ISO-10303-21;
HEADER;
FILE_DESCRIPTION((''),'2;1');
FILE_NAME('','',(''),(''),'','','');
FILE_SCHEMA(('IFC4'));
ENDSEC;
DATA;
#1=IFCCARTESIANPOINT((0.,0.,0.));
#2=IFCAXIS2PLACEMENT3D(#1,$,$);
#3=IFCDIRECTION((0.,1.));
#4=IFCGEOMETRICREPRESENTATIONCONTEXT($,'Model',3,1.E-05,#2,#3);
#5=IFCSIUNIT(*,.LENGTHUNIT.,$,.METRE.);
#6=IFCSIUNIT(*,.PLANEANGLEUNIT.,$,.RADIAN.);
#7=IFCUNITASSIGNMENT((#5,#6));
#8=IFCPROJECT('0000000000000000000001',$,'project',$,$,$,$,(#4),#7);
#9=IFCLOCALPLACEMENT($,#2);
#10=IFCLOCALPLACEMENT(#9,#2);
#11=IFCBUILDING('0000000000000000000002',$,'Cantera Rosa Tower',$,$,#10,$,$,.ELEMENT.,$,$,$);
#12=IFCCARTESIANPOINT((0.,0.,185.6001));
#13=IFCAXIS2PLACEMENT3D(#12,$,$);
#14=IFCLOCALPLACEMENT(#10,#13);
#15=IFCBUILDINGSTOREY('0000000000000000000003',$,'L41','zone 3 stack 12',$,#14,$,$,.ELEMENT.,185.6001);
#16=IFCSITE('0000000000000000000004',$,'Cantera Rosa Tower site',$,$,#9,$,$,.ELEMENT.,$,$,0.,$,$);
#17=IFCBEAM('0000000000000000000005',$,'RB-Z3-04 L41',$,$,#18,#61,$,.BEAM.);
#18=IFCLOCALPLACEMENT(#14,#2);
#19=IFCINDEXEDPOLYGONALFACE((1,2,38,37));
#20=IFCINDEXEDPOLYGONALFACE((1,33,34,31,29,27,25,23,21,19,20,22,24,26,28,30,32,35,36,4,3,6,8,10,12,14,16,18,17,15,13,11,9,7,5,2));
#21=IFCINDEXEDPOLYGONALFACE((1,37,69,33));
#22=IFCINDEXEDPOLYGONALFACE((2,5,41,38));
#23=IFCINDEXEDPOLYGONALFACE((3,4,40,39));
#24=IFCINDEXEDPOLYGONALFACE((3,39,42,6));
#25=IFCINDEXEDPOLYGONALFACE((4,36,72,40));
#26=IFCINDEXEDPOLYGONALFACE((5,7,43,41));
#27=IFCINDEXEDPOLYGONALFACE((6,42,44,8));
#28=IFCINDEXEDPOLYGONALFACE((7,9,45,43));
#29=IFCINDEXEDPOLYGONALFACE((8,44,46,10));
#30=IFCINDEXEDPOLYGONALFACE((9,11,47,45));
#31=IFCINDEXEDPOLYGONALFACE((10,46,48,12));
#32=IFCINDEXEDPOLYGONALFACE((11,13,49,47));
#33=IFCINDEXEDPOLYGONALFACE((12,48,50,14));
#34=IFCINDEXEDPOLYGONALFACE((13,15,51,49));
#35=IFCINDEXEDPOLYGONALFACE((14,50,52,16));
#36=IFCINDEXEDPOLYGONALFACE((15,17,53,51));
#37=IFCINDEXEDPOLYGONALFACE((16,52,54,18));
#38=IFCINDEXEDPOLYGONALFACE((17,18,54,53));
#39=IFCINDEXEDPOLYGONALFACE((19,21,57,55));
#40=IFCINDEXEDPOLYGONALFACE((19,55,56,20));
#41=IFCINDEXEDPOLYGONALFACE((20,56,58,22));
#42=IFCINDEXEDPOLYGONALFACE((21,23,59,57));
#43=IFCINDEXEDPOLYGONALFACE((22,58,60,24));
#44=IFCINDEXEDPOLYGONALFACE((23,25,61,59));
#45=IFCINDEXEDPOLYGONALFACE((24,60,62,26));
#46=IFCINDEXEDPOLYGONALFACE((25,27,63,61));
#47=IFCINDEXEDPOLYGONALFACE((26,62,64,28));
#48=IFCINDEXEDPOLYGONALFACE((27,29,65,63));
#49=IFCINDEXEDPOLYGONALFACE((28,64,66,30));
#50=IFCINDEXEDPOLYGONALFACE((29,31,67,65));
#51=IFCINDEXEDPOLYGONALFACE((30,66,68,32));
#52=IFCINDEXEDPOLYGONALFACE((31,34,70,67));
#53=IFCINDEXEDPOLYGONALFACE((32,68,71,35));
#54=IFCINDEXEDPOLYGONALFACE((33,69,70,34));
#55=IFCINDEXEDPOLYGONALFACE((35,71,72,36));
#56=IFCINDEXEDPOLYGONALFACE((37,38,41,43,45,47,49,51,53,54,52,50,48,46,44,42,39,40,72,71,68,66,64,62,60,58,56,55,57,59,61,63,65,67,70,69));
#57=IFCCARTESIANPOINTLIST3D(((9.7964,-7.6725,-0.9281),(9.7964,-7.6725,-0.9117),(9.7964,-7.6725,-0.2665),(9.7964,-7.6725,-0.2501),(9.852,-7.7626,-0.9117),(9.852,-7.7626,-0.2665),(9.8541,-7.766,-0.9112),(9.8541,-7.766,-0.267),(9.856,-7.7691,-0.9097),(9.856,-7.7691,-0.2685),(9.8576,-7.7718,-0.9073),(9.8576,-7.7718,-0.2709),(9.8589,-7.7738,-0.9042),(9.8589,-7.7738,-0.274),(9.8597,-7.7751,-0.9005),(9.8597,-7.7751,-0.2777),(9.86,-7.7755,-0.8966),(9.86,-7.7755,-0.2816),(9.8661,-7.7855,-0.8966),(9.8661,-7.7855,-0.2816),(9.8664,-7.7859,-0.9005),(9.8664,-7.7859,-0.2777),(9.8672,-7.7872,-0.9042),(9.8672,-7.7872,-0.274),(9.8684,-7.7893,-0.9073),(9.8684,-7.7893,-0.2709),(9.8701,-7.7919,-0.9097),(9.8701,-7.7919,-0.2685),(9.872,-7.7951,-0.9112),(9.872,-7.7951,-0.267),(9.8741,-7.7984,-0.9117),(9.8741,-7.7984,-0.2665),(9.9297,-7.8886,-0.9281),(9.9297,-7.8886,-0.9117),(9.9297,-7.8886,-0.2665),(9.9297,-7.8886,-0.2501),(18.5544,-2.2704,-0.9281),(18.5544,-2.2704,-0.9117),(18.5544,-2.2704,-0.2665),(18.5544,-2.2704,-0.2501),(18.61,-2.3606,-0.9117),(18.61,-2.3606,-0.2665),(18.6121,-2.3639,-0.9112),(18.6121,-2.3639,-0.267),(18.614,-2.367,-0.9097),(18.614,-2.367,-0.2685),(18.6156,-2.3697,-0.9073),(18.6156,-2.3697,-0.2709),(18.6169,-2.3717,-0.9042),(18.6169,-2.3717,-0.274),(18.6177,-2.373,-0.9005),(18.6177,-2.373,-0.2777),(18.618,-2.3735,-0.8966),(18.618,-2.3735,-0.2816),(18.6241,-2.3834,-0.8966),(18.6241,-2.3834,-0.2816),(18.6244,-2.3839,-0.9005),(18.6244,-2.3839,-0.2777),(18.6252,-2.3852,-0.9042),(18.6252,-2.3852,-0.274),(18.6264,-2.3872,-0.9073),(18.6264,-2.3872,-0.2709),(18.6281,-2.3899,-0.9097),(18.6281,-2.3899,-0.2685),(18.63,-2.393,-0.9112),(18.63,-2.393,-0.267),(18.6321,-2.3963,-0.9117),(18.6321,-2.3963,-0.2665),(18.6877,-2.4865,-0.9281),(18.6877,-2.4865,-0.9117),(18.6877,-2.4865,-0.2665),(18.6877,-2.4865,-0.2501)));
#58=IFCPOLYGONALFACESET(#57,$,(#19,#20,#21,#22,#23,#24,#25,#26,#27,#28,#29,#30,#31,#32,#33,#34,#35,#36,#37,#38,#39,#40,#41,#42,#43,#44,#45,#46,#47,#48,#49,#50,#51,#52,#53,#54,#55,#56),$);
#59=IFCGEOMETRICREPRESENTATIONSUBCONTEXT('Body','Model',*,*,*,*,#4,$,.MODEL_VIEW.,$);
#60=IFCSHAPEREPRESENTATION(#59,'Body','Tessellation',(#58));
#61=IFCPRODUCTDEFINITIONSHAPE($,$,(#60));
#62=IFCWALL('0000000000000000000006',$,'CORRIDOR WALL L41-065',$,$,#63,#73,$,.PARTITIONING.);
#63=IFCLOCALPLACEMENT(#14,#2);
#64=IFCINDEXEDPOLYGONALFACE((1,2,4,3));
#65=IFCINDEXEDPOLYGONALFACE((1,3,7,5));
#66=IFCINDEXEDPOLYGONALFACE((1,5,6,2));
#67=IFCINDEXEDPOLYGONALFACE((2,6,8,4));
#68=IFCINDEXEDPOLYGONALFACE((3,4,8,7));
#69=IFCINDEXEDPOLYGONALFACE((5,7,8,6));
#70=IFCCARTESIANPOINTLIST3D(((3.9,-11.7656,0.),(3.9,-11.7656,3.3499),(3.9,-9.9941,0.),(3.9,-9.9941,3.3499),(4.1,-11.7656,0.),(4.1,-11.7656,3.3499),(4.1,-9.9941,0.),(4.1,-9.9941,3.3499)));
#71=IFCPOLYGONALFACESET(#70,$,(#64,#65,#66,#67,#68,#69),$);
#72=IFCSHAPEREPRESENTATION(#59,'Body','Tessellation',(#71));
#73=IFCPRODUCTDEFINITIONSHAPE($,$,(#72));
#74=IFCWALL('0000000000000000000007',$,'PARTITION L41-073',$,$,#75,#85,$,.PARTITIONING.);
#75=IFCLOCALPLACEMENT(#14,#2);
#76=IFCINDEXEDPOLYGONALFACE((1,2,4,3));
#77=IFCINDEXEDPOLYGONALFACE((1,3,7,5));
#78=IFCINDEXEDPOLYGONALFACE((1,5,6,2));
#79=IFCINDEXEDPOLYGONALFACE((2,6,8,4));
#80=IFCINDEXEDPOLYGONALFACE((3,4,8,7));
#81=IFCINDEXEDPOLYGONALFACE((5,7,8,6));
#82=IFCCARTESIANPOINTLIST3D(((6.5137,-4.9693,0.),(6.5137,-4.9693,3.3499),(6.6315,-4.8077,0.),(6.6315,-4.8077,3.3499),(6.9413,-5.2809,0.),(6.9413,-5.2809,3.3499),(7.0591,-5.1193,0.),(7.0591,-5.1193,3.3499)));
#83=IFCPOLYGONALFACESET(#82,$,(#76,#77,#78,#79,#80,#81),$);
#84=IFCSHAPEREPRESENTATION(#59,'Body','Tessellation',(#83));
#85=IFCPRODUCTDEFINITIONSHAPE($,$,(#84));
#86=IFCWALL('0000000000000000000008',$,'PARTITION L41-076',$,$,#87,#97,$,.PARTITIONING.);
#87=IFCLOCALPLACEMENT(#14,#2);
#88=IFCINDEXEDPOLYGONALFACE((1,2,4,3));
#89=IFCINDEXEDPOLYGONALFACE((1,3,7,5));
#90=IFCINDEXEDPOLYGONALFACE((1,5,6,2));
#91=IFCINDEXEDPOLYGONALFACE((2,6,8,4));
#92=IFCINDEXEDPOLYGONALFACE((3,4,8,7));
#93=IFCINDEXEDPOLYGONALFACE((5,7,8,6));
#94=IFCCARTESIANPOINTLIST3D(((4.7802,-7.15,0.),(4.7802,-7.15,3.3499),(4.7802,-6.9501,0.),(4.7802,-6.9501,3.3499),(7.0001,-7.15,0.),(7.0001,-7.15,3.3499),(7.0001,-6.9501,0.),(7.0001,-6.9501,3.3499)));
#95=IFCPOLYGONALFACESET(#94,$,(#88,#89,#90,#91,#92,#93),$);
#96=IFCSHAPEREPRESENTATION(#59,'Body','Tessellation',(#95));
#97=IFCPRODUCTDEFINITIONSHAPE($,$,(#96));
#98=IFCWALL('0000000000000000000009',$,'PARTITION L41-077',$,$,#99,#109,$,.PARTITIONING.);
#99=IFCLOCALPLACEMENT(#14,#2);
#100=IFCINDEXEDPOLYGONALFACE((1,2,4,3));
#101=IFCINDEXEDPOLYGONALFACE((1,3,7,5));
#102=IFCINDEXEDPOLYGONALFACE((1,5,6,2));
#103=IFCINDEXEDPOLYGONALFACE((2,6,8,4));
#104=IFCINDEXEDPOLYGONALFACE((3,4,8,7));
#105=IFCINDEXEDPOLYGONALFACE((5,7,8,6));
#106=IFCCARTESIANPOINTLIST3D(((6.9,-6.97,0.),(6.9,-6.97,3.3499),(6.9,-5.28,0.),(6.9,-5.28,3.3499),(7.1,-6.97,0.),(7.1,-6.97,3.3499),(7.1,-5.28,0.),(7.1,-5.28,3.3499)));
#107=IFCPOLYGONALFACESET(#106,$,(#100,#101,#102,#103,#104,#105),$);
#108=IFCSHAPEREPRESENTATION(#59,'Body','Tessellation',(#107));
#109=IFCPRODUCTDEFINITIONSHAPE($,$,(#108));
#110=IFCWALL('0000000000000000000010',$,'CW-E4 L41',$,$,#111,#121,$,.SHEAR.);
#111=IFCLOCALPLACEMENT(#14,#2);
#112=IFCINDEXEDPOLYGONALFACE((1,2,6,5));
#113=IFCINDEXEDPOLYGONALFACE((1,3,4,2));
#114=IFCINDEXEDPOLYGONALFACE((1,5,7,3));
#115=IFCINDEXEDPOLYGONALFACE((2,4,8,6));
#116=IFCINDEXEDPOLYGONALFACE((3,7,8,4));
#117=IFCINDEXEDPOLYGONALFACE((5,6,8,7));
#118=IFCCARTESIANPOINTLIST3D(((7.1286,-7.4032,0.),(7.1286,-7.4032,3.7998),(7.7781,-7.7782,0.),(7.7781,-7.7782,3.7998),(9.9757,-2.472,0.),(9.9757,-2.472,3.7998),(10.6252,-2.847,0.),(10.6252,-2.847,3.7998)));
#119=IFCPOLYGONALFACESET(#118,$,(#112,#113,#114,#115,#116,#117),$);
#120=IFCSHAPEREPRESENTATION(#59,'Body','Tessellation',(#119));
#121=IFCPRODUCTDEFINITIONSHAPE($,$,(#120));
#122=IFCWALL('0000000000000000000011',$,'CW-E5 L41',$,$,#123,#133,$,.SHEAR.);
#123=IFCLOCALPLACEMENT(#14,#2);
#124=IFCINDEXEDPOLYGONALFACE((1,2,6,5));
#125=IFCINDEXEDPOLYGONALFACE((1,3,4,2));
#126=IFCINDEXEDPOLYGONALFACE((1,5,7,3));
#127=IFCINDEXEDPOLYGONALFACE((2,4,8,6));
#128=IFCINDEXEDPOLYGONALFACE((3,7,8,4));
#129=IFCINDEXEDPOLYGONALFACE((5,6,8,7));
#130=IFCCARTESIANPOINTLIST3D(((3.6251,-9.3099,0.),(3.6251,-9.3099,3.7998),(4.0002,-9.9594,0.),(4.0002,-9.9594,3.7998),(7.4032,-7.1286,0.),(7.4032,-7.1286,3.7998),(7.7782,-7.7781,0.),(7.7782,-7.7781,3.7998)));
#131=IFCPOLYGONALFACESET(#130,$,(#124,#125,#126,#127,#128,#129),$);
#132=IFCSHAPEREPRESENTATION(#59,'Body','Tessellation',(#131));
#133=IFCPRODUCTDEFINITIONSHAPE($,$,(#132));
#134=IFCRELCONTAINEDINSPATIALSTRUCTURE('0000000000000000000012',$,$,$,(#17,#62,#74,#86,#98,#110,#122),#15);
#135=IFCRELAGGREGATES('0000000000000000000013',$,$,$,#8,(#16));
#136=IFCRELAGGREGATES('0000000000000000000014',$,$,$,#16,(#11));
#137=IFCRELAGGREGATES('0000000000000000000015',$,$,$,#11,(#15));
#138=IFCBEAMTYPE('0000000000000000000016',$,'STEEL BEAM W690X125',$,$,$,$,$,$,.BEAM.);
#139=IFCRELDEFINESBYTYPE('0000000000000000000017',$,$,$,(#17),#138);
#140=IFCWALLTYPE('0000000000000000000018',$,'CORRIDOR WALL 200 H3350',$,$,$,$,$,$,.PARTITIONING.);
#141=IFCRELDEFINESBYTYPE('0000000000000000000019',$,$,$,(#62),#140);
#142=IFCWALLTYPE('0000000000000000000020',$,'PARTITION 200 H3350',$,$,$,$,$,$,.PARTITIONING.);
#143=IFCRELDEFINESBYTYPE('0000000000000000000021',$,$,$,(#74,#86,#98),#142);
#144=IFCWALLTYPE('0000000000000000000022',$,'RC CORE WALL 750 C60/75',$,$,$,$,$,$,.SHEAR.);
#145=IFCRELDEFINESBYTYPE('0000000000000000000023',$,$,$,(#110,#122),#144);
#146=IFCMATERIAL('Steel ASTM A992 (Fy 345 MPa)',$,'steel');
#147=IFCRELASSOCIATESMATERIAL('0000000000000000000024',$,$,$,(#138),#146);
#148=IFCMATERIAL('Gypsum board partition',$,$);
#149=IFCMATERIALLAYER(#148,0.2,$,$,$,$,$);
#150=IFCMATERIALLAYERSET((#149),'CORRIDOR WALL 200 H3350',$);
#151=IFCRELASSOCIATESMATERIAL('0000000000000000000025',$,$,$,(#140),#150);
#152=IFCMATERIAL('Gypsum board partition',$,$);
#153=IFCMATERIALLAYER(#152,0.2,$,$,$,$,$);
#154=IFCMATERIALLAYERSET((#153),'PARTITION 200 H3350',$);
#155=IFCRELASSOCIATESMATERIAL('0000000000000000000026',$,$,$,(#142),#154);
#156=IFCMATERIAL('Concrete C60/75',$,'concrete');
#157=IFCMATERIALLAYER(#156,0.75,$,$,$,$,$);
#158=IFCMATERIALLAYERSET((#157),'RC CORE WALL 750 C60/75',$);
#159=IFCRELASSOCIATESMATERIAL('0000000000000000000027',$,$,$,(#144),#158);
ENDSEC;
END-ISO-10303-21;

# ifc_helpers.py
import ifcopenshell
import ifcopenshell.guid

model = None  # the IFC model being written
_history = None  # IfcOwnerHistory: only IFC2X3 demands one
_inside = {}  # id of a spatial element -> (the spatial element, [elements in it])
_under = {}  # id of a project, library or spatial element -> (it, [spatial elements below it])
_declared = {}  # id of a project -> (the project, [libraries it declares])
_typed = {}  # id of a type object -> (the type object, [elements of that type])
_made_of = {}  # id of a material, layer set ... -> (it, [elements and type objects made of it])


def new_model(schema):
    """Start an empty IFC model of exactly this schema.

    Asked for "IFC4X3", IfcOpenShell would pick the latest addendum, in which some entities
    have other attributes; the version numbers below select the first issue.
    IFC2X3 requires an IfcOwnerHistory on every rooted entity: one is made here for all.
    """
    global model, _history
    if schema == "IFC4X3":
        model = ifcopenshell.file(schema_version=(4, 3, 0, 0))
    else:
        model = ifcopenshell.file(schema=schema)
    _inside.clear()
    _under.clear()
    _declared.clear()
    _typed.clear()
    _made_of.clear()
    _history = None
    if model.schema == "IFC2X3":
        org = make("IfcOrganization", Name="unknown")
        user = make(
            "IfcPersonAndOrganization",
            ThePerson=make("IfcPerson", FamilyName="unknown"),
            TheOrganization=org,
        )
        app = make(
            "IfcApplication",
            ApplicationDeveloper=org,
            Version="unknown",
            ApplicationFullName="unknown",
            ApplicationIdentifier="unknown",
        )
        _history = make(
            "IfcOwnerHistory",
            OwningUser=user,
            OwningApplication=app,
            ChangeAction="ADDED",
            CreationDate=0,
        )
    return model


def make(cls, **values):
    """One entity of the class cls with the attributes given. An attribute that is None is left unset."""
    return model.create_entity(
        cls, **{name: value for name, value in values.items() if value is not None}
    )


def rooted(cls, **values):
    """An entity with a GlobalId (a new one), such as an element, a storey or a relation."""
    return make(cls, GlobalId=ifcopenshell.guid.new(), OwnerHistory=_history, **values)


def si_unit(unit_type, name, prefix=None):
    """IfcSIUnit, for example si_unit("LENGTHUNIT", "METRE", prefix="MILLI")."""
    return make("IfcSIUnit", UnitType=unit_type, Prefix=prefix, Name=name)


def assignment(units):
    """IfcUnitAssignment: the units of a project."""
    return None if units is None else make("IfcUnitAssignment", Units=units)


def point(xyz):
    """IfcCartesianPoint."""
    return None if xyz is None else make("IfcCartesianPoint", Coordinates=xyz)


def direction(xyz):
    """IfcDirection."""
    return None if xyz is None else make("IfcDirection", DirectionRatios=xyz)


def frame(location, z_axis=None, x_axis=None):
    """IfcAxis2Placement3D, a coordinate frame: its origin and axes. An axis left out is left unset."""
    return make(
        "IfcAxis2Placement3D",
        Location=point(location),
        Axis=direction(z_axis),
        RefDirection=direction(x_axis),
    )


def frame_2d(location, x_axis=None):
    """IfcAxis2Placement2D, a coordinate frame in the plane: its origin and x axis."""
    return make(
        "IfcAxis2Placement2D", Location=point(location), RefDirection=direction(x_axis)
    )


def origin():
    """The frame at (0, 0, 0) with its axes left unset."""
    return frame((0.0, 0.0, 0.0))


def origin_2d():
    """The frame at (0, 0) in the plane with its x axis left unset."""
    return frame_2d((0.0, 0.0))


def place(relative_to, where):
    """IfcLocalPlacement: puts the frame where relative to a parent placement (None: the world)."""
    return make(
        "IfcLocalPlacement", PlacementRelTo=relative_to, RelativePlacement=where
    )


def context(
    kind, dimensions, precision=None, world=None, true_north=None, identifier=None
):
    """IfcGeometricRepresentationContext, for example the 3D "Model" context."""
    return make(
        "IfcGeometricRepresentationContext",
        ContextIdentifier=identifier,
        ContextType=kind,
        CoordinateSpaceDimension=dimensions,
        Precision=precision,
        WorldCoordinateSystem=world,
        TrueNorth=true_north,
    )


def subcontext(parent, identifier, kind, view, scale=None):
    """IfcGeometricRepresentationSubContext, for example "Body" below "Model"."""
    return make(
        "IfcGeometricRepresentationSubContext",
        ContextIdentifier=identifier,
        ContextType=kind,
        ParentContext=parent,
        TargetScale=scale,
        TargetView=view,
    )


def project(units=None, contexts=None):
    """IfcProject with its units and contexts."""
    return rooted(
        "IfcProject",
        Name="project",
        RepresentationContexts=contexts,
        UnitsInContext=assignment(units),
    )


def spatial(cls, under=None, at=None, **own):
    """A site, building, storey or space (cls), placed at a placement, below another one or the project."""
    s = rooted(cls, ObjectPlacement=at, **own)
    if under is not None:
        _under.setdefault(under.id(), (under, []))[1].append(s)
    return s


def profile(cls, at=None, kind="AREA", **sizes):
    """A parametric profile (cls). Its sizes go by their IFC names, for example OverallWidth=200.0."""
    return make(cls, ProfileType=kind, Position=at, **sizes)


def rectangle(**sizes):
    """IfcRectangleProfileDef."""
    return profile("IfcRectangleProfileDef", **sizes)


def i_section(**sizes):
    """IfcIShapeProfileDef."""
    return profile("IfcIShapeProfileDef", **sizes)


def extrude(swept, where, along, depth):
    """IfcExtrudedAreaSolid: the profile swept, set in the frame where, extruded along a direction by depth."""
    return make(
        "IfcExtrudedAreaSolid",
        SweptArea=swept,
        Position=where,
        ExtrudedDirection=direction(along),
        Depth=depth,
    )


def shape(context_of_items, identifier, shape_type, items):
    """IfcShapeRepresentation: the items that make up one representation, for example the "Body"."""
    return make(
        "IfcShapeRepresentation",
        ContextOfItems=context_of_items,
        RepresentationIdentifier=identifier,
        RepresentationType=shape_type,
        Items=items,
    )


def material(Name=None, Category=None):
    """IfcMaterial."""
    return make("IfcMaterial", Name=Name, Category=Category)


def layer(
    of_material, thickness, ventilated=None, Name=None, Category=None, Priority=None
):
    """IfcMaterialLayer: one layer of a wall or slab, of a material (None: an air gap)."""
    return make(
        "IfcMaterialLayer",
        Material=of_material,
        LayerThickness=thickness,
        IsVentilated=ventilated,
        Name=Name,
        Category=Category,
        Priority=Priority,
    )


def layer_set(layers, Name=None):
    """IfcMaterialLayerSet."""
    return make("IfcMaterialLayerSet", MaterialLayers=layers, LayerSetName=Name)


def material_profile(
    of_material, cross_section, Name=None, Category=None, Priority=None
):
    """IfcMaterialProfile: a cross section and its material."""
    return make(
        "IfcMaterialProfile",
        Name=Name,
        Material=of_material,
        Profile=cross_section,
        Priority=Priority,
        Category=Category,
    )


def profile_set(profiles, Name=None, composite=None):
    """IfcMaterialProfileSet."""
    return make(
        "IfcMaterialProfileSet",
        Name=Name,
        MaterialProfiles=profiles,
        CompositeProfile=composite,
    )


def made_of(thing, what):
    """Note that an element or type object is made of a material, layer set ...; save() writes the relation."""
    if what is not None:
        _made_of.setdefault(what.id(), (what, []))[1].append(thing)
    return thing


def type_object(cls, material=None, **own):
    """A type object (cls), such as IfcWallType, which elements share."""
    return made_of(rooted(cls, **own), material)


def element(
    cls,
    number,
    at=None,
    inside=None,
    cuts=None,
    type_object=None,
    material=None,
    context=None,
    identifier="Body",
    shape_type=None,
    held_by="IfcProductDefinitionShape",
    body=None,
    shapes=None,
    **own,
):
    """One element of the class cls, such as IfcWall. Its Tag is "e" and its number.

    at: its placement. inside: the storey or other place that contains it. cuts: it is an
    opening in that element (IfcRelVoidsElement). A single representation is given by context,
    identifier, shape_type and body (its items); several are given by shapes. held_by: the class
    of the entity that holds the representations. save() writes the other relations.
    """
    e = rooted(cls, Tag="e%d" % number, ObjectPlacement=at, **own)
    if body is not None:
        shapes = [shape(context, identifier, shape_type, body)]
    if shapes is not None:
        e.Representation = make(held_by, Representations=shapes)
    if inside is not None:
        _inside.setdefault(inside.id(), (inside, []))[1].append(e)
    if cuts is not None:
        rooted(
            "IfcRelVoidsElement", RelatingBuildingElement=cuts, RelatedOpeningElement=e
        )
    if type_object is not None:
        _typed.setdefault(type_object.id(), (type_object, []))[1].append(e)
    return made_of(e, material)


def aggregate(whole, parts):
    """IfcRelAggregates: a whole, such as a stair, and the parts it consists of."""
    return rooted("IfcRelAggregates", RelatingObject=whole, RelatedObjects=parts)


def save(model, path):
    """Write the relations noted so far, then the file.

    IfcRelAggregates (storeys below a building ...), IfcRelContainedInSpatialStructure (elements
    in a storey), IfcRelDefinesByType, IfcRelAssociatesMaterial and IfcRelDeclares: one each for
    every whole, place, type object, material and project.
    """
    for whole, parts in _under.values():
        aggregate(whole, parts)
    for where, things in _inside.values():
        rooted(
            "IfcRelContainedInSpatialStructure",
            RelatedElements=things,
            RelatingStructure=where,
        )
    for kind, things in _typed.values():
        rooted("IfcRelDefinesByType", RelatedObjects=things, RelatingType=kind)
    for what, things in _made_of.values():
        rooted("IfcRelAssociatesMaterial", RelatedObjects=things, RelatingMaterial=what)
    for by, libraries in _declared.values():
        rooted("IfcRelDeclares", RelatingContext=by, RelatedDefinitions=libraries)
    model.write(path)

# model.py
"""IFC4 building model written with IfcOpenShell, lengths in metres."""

from ifc_helpers import new_model, si_unit, direction, frame, frame_2d, origin, origin_2d, place, context, subcontext, project, spatial, rectangle, i_section, extrude, material, layer, layer_set, material_profile, profile_set, type_object, element, save


model = new_model("IFC4")

# Units and contexts
model_context = context("Model", 3, precision=1e-05, world=origin(), true_north=direction((0.0, 1.0)))
body_context = subcontext(model_context, "Body", "Model", "MODEL_VIEW")
ifc_project = project(units=[si_unit("LENGTHUNIT", "METRE"), si_unit("PLANEANGLEUNIT", "RADIAN")], contexts=[model_context])

# Site, building, storey
site_placement = place(None, origin())
site = spatial("IfcSite", under=ifc_project, at=site_placement, Name="Cantera Rosa Tower site", CompositionType="ELEMENT", RefElevation=0.0)
building_placement = place(site_placement, origin())
building = spatial("IfcBuilding", under=site, at=building_placement, Name="Cantera Rosa Tower", CompositionType="ELEMENT")
storey_placement = place(building_placement, frame((0.0, 0.0, 185.6001)))
storey = spatial("IfcBuildingStorey", under=building, at=storey_placement, Name="L41", Description="zone 3 stack 12", CompositionType="ELEMENT", Elevation=185.6001)

# Beam
ifc_material_1 = material(Name="Steel ASTM A992 (Fy 345 MPa)", Category="steel")
ifc_material_profile = material_profile(ifc_material_1, i_section(OverallWidth=0.2539, OverallDepth=0.678, WebThickness=0.0117, FlangeThickness=0.0164, FilletRadius=0.0151, at=origin_2d()), Name="W690X125")
ifc_profile_set = profile_set([ifc_material_profile], Name="Steel ASTM A992 (Fy 345 MPa)")
beam_type = type_object("IfcBeamType", Name="STEEL BEAM W690X125", PredefinedType="BEAM", material=ifc_profile_set)
beam_placement = place(storey_placement, frame((9.863, -7.7805, -0.5891), z_axis=(0.851115, 0.52498, 0.0), x_axis=(-0.52498, 0.851115, 0.0)))
element("IfcBeam", 1, at=beam_placement, inside=storey, type_object=beam_type, Name="RB-Z3-04 L41", PredefinedType="BEAM", context=body_context, shape_type="SweptSolid", body=[
    extrude(i_section(OverallWidth=0.2539, OverallDepth=0.678, WebThickness=0.0117, FlangeThickness=0.0164, FilletRadius=0.0151, at=origin_2d()), origin(), (0.0, 0.0, 1.0), 10.29),
])

# Walls
ifc_material_2 = material(Name="Gypsum board partition")
ifc_layer_1 = layer(ifc_material_2, 0.2)
ifc_layer_set_1 = layer_set([ifc_layer_1], Name="CORRIDOR WALL 200 H3350")
wall_type_1 = type_object("IfcWallType", Name="CORRIDOR WALL 200 H3350", PredefinedType="PARTITIONING", material=ifc_layer_set_1)
wall_1_placement = place(storey_placement, frame((4.0, -11.7656, 0.0), z_axis=(0.0, 0.0, 1.0), x_axis=(0.0, 1.0, 0.0)))
element("IfcWall", 2, at=wall_1_placement, inside=storey, type_object=wall_type_1, Name="CORRIDOR WALL L41-065", PredefinedType="PARTITIONING", context=body_context, shape_type="SweptSolid", body=[
    extrude(rectangle(XDim=1.7715, YDim=0.2, at=frame_2d((0.8857, 0.0))), origin(), (0.0, 0.0, 1.0), 3.3499),
])
ifc_material_3 = material(Name="Gypsum board partition")
ifc_layer_2 = layer(ifc_material_3, 0.2)
ifc_layer_set_2 = layer_set([ifc_layer_2], Name="PARTITION 200 H3350")
wall_type_2 = type_object("IfcWallType", Name="PARTITION 200 H3350", PredefinedType="PARTITIONING", material=ifc_layer_set_2)
wall_2_placement = place(storey_placement, frame((6.5725, -4.8884, 0.0), z_axis=(0.0, 0.0, 1.0), x_axis=(0.808177, -0.58894, 0.0)))
element("IfcWall", 3, at=wall_2_placement, inside=storey, type_object=wall_type_2, Name="PARTITION L41-073", PredefinedType="PARTITIONING", context=body_context, shape_type="SweptSolid", body=[
    extrude(rectangle(XDim=0.5291, YDim=0.2, at=frame_2d((0.2646, 0.0))), origin(), (0.0, 0.0, 1.0), 3.3499),
])
wall_3_placement = place(storey_placement, frame((7.0, -7.05, 0.0), z_axis=(0.0, 0.0, 1.0), x_axis=(-1.0, 0.0, 0.0)))
element("IfcWall", 4, at=wall_3_placement, inside=storey, type_object=wall_type_2, Name="PARTITION L41-076", PredefinedType="PARTITIONING", context=body_context, shape_type="SweptSolid", body=[
    extrude(rectangle(XDim=2.22, YDim=0.2, at=frame_2d((1.1099, 0.0))), origin(), (0.0, 0.0, 1.0), 3.3499),
])
wall_4_placement = place(storey_placement, frame((7.0, -5.28, 0.0), z_axis=(0.0, 0.0, 1.0), x_axis=(0.0, -1.0, 0.0)))
element("IfcWall", 5, at=wall_4_placement, inside=storey, type_object=wall_type_2, Name="PARTITION L41-077", PredefinedType="PARTITIONING", context=body_context, shape_type="SweptSolid", body=[
    extrude(rectangle(XDim=1.6899, YDim=0.2, at=frame_2d((0.845, 0.0))), origin(), (0.0, 0.0, 1.0), 3.3499),
])
ifc_material_4 = material(Name="Concrete C60/75", Category="concrete")
ifc_layer_3 = layer(ifc_material_4, 0.75)
ifc_layer_set_3 = layer_set([ifc_layer_3], Name="RC CORE WALL 750 C60/75")
wall_type_3 = type_object("IfcWallType", Name="RC CORE WALL 750 C60/75", PredefinedType="SHEAR", material=ifc_layer_set_3)
wall_5_placement = place(storey_placement, frame((10.3005, -2.6594, 0.0), z_axis=(0.0, 0.0, 1.0), x_axis=(-0.500022, -0.866013, 0.0)))
element("IfcWall", 6, at=wall_5_placement, inside=storey, type_object=wall_type_3, Name="CW-E4 L41", PredefinedType="SHEAR", context=body_context, shape_type="SweptSolid", body=[
    extrude(rectangle(XDim=5.6941, YDim=0.75, at=frame_2d((2.8472, 0.0))), origin(), (0.0, 0.0, 1.0), 3.7998),
])
wall_6_placement = place(storey_placement, frame((7.5906, -7.4534, 0.0), z_axis=(0.0, 0.0, 1.0), x_axis=(-0.866013, -0.500021, 0.0)))
element("IfcWall", 7, at=wall_6_placement, inside=storey, type_object=wall_type_3, Name="CW-E5 L41", PredefinedType="SHEAR", context=body_context, shape_type="SweptSolid", body=[
    extrude(rectangle(XDim=4.3625, YDim=0.75, at=frame_2d((2.1812, 0.0))), origin(), (0.0, 0.0, 1.0), 3.7998),
])

save(model, "model.ifc")
